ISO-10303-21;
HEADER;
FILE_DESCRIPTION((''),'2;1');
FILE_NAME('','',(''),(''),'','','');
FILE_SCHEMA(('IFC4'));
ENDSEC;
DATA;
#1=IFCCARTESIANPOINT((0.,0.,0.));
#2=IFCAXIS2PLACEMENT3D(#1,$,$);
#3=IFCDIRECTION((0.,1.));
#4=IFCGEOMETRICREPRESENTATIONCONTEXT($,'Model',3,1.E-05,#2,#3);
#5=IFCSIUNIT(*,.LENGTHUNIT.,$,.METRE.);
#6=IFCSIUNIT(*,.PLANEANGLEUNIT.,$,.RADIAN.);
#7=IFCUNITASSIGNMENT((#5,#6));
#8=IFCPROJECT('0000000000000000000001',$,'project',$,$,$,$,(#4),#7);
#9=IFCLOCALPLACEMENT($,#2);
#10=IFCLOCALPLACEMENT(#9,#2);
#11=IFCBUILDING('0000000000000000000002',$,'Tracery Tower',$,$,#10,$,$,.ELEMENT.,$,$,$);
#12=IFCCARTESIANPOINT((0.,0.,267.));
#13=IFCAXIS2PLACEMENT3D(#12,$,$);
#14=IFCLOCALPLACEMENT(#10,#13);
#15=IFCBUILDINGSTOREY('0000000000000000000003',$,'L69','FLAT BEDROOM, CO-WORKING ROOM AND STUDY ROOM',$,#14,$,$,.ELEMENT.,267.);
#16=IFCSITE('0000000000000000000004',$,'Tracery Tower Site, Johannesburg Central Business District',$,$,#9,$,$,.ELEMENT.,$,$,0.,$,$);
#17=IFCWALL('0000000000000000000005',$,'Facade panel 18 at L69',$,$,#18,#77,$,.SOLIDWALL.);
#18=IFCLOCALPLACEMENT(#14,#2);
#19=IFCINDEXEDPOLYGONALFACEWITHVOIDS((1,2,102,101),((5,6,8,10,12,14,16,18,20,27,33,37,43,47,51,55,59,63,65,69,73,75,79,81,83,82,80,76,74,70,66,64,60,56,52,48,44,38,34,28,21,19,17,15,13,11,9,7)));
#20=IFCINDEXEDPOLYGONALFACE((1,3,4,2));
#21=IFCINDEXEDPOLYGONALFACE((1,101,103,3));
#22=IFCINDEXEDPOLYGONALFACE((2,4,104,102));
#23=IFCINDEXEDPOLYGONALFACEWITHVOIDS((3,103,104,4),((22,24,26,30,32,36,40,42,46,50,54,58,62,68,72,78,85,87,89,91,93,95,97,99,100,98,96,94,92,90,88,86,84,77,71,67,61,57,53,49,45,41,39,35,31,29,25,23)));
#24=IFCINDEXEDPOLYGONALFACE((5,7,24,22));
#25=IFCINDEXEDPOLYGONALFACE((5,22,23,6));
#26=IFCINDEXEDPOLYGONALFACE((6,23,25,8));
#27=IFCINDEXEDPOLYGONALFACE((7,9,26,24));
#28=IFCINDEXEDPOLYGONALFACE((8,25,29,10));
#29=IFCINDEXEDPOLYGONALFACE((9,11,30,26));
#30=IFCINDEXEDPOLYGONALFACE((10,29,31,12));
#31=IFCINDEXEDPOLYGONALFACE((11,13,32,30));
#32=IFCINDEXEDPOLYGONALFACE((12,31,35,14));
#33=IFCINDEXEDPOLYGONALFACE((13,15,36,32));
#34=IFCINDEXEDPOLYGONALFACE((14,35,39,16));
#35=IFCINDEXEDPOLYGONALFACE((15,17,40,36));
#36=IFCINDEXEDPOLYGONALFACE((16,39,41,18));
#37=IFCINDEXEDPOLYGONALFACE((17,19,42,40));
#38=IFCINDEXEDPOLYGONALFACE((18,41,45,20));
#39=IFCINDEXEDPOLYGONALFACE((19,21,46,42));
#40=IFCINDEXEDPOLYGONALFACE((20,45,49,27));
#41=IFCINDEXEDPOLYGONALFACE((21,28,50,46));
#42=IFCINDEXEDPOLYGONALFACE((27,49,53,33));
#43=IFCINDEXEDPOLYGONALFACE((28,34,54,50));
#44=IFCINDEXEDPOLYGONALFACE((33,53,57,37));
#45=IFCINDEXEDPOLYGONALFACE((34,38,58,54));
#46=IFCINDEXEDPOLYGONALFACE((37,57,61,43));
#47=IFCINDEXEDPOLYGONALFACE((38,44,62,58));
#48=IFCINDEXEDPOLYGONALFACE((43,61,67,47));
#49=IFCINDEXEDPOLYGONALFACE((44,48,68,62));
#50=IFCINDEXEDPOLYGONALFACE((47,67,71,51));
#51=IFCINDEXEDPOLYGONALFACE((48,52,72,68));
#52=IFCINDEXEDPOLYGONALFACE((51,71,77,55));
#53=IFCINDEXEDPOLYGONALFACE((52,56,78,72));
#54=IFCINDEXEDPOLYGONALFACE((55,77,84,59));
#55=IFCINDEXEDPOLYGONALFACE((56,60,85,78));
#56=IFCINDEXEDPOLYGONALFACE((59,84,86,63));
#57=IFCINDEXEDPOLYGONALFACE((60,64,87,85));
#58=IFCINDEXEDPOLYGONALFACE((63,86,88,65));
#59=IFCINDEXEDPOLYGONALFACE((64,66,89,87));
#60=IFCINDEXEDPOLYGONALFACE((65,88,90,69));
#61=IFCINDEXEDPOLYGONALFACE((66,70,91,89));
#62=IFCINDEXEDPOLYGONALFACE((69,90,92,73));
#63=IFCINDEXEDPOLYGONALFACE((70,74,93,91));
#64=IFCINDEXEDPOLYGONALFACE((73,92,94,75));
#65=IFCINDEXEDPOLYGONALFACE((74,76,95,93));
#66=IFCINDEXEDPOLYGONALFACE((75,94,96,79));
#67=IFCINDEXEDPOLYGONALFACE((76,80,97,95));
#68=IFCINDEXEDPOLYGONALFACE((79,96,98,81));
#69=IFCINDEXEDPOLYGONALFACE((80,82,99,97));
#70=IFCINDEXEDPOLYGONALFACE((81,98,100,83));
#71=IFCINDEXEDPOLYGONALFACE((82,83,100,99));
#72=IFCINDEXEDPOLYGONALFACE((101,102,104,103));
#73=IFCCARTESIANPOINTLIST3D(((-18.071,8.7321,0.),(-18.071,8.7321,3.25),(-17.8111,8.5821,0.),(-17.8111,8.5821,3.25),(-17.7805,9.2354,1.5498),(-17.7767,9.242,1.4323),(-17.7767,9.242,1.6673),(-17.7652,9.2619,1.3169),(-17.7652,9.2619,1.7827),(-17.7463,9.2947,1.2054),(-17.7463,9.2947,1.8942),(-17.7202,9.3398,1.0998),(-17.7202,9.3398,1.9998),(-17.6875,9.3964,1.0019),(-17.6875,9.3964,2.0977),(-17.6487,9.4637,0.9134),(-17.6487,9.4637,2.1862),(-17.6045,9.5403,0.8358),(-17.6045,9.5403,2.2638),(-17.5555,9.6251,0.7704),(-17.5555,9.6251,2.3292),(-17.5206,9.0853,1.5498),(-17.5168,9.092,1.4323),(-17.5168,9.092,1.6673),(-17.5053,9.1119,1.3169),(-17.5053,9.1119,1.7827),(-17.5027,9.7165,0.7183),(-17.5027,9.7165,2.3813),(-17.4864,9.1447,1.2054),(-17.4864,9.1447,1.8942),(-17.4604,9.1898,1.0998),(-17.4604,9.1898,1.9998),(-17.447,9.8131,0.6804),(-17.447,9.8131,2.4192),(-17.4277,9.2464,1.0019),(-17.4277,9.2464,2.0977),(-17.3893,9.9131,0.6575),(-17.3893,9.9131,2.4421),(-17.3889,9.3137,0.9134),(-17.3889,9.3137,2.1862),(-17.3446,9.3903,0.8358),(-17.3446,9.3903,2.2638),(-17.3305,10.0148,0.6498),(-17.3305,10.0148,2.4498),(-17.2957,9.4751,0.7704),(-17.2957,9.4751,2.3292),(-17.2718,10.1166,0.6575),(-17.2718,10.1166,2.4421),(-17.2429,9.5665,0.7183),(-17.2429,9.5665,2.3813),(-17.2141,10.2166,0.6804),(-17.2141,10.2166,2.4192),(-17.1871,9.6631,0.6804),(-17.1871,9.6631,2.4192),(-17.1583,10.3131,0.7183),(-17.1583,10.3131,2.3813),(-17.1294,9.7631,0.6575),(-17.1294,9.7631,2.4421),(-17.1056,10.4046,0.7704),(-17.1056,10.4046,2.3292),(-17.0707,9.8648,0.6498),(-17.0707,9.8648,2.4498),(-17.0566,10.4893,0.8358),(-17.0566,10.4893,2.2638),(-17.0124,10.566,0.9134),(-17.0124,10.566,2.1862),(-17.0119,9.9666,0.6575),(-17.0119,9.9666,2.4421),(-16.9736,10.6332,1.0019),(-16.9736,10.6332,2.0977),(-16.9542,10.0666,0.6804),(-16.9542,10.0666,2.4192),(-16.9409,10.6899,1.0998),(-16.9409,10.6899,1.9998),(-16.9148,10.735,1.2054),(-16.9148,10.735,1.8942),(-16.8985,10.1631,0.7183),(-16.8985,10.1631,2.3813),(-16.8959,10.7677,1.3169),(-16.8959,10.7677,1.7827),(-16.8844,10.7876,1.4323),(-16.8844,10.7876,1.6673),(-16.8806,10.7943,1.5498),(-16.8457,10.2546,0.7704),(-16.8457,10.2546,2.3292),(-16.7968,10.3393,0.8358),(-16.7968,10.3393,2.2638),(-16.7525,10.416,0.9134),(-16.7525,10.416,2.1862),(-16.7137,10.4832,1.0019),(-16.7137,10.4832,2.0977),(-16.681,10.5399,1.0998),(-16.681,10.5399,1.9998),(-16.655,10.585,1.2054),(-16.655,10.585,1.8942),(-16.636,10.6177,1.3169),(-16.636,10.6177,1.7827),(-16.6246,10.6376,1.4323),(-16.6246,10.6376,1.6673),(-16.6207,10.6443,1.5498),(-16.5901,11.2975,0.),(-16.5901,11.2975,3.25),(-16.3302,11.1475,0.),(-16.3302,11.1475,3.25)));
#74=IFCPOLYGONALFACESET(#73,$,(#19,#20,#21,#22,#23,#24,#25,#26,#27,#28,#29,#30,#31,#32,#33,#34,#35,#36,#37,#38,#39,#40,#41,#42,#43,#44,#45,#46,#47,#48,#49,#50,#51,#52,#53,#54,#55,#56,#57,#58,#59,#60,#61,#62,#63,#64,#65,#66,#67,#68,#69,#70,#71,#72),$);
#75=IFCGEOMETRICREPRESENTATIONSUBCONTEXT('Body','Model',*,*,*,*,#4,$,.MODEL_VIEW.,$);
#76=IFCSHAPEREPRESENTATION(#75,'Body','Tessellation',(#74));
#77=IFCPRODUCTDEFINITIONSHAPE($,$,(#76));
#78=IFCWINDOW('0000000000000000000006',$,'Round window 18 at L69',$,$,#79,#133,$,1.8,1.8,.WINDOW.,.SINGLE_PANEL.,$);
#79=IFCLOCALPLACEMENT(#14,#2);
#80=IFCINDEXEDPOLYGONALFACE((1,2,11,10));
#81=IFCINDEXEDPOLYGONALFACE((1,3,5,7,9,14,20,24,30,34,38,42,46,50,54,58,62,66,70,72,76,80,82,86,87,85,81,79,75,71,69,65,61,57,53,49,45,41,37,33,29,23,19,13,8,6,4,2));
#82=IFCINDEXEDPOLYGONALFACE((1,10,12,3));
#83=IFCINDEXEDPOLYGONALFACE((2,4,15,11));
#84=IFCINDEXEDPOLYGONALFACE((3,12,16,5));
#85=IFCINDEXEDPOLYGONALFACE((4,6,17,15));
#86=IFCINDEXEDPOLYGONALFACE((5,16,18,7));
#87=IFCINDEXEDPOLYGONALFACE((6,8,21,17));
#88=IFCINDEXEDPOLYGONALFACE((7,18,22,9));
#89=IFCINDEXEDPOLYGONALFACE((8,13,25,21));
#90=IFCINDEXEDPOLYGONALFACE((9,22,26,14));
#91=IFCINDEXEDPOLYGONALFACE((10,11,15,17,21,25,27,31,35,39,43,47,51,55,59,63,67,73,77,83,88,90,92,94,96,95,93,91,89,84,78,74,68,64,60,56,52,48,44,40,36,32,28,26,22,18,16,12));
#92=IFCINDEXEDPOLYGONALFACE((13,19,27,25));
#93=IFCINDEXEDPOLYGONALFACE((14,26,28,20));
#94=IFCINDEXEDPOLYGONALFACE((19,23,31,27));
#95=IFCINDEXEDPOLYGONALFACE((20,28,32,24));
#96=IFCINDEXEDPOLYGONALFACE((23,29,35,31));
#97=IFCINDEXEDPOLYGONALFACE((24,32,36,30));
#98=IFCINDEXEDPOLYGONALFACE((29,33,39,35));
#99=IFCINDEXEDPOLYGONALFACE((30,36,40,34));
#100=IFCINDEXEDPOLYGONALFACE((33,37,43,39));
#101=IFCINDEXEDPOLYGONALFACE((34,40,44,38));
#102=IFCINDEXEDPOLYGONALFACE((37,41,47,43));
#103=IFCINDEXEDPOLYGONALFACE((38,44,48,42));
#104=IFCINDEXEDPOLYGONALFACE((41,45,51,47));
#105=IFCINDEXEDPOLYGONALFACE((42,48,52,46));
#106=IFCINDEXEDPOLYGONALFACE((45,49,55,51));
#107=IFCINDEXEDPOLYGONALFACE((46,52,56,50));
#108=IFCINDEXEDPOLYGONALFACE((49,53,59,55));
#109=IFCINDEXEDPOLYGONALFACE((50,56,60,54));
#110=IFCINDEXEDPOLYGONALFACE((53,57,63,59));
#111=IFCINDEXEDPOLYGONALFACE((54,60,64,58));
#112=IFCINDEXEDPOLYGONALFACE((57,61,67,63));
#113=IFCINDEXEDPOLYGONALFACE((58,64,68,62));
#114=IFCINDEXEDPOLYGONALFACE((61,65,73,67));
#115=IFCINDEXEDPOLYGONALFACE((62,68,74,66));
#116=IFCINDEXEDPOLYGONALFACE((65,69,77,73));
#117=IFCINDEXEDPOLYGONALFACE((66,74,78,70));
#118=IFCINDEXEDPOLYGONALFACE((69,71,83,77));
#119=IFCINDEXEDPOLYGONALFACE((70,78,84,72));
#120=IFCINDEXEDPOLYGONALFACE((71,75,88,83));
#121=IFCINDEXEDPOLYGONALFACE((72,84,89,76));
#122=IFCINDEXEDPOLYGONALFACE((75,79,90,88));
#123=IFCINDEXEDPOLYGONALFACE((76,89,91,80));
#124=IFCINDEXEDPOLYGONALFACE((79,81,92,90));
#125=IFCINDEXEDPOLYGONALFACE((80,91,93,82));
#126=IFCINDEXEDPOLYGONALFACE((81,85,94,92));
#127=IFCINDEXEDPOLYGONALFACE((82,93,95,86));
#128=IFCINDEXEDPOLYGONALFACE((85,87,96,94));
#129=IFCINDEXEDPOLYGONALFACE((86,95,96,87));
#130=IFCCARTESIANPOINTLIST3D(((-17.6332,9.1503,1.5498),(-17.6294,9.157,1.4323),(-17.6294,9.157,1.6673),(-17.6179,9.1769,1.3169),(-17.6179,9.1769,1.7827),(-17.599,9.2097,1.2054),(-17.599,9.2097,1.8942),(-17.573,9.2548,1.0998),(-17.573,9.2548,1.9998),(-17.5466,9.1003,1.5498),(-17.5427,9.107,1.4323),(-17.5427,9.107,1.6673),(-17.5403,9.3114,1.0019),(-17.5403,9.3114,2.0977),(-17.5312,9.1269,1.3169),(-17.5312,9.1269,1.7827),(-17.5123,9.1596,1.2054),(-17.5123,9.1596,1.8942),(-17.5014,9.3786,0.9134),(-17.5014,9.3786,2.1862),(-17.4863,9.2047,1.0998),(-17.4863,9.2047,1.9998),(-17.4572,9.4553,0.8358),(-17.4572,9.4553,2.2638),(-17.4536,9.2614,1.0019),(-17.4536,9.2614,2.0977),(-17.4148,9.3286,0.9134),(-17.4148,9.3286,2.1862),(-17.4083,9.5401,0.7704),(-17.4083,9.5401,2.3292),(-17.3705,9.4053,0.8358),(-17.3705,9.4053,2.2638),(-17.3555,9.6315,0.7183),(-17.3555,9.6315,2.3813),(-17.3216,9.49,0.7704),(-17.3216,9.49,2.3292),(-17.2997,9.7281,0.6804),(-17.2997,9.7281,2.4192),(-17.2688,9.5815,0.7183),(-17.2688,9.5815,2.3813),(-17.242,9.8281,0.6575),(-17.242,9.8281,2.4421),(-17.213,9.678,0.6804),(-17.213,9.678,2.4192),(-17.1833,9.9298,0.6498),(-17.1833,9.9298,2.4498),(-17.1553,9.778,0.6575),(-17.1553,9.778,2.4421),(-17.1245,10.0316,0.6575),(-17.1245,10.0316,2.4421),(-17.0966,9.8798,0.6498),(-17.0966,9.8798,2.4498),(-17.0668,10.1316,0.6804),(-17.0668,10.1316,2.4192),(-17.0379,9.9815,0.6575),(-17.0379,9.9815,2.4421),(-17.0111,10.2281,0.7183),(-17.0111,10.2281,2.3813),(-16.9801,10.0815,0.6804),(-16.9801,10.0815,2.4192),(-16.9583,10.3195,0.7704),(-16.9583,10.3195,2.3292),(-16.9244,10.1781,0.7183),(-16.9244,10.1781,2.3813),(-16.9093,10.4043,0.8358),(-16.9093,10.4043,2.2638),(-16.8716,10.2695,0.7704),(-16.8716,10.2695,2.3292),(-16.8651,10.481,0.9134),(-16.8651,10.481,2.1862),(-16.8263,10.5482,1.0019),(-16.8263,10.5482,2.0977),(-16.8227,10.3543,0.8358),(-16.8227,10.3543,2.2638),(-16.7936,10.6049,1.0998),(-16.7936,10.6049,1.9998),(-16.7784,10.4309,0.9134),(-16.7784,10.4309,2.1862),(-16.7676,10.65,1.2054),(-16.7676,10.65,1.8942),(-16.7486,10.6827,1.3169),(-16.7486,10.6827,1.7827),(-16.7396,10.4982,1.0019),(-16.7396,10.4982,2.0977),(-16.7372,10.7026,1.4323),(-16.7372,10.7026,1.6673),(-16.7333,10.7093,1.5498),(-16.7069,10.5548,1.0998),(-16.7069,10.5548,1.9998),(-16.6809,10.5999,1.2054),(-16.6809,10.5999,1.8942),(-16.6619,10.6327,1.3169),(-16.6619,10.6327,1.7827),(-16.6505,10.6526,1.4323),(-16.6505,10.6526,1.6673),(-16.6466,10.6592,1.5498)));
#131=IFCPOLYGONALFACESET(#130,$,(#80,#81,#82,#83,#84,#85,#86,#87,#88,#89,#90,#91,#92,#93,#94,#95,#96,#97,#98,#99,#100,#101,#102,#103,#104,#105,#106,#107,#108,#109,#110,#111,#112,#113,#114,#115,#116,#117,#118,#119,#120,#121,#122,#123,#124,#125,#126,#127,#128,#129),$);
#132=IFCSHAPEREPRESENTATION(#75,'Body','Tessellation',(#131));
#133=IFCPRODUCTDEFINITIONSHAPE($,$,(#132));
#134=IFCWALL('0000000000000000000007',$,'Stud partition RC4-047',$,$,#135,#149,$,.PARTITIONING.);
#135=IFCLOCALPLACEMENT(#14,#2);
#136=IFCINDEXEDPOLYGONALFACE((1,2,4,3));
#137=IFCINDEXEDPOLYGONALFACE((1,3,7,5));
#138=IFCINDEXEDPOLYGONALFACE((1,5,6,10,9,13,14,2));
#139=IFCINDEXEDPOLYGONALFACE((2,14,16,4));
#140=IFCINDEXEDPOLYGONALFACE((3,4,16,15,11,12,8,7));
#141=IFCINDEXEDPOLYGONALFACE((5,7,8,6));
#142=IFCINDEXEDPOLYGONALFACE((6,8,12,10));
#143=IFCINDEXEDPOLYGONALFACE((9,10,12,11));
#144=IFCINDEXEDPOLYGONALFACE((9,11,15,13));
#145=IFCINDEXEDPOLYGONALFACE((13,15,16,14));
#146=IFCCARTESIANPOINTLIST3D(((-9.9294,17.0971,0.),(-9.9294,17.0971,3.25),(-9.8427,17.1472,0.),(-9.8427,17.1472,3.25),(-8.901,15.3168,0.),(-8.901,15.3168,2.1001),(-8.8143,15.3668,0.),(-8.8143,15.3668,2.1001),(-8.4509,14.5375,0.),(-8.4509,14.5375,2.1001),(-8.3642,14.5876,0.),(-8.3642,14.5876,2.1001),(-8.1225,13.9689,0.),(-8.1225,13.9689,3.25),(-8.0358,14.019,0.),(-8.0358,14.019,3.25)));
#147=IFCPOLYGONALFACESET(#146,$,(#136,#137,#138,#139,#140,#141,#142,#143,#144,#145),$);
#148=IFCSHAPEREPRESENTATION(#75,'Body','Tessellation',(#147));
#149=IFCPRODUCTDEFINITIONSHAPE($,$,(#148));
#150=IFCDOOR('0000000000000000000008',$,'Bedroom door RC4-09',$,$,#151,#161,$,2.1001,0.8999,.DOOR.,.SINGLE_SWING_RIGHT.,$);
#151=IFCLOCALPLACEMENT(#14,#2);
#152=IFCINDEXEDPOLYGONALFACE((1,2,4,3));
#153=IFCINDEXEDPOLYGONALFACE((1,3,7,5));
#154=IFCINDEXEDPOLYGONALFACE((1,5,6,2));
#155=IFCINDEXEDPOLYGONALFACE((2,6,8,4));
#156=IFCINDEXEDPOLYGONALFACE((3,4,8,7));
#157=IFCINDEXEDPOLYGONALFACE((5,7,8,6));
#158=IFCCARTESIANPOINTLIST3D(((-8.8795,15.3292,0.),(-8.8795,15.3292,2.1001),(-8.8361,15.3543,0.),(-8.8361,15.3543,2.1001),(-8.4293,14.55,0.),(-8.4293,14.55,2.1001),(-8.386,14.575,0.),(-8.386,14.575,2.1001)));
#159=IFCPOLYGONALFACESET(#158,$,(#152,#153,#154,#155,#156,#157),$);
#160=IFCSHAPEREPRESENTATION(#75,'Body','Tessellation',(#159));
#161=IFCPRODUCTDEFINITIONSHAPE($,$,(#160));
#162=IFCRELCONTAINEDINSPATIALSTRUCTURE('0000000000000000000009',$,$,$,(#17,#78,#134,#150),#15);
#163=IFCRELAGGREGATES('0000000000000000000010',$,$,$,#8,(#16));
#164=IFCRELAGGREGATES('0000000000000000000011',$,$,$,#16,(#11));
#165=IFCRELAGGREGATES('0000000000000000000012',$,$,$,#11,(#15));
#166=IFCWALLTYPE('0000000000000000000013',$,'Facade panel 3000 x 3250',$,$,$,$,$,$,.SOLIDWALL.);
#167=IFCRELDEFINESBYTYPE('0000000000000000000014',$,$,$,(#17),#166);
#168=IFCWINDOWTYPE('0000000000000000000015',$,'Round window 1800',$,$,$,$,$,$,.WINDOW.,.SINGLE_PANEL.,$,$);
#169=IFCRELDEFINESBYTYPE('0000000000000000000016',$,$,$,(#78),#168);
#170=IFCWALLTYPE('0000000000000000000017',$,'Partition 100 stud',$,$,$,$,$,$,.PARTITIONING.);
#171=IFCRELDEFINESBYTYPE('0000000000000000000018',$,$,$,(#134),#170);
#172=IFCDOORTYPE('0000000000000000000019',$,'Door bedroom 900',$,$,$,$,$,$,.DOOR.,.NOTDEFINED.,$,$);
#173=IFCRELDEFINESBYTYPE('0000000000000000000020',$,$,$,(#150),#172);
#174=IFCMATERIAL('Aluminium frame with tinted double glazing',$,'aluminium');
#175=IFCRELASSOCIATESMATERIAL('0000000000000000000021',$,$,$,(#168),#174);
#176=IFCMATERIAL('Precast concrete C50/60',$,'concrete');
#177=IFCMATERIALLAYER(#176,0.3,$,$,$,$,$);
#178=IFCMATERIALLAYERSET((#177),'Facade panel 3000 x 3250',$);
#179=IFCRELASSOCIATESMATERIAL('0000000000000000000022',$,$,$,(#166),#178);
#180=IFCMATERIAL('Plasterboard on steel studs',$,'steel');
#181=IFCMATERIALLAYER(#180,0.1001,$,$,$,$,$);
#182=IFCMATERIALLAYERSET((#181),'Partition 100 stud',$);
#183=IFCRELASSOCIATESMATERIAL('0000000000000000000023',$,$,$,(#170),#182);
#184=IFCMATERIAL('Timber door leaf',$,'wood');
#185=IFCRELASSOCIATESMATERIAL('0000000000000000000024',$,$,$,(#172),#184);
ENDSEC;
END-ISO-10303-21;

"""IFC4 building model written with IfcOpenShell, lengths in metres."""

from ifc_helpers import new_model, si_unit, direction, frame, frame_2d, origin, origin_2d, place, context, subcontext, project, spatial, rectangle, circle, extrude, material, layer, layer_set, type_object, element, fill, save


model = new_model("IFC4")

# Units and contexts
model_context = context("Model", 3, precision=1e-05, world=origin(), true_north=direction((0.0, 1.0)))
body_context = subcontext(model_context, "Body", "Model", "MODEL_VIEW")
ifc_project = project(units=[si_unit("LENGTHUNIT", "METRE"), si_unit("PLANEANGLEUNIT", "RADIAN")], contexts=[model_context])

# Site, building, storey
site_placement = place(None, origin())
site = spatial("IfcSite", under=ifc_project, at=site_placement, Name="Tracery Tower Site, Johannesburg Central Business District", CompositionType="ELEMENT", RefElevation=0.0)
building_placement = place(site_placement, origin())
building = spatial("IfcBuilding", under=site, at=building_placement, Name="Tracery Tower", CompositionType="ELEMENT")
storey_placement = place(building_placement, frame((0.0, 0.0, 267.0)))
storey = spatial("IfcBuildingStorey", under=building, at=storey_placement, Name="L69", Description="FLAT BEDROOM, CO-WORKING ROOM AND STUDY ROOM", CompositionType="ELEMENT", Elevation=267.0)

# Wall, opening, window
ifc_material_1 = material(Name="Aluminium frame with tinted double glazing", Category="aluminium")
window_type = type_object("IfcWindowType", Name="Round window 1800", PartitioningType="SINGLE_PANEL", PredefinedType="WINDOW", material=ifc_material_1)
ifc_material_2 = material(Name="Precast concrete C50/60", Category="concrete")
ifc_layer_1 = layer(ifc_material_2, 0.3)
ifc_layer_set_1 = layer_set([ifc_layer_1], Name="Facade panel 3000 x 3250")
wall_type_1 = type_object("IfcWallType", Name="Facade panel 3000 x 3250", PredefinedType="SOLIDWALL", material=ifc_layer_set_1)
wall_1_placement = place(storey_placement, frame((-16.4602, 11.2224, 0.0), z_axis=(0.0, 0.0, 1.0), x_axis=(-0.499951, -0.866054, 0.0)))
wall_1 = element("IfcWall", 1, at=wall_1_placement, inside=storey, type_object=wall_type_1, Name="Facade panel 18 at L69", PredefinedType="SOLIDWALL", context=body_context, shape_type="SweptSolid", body=[
    extrude(rectangle(XDim=2.9622, YDim=0.3, at=frame_2d((1.481, 0.0))), origin(), (0.0, 0.0, 1.0), 3.25),
])
opening_1_placement = place(wall_1_placement, frame((1.481, 0.0, 1.5498)))
opening_1 = element("IfcOpeningElement", 2, at=opening_1_placement, cuts=wall_1, PredefinedType="OPENING", context=body_context, shape_type="SweptSolid", body=[
    extrude(circle(Radius=0.9, at=origin_2d()), frame((0.0, 0.1599, 0.0), z_axis=(0.0, -1.0, 0.0), x_axis=(1.0, 0.0, 0.0)), (0.0, 0.0, 1.0), 0.3201),
])
window_1_placement = place(opening_1_placement, origin())
window_1 = element("IfcWindow", 3, at=window_1_placement, inside=storey, type_object=window_type, Name="Round window 18 at L69", OverallHeight=1.8, OverallWidth=1.8, PartitioningType="SINGLE_PANEL", PredefinedType="WINDOW", context=body_context, shape_type="SweptSolid", body=[
    extrude(circle(Radius=0.9, at=origin_2d()), frame((0.0, 0.1201, 0.0), z_axis=(0.0, -1.0, 0.0), x_axis=(1.0, 0.0, 0.0)), (0.0, 0.0, 1.0), 0.1001),
])
fill(opening_1, window_1)

# Wall, opening, door
ifc_material_3 = material(Name="Plasterboard on steel studs", Category="steel")
ifc_layer_2 = layer(ifc_material_3, 0.1001)
ifc_layer_set_2 = layer_set([ifc_layer_2], Name="Partition 100 stud")
wall_type_2 = type_object("IfcWallType", Name="Partition 100 stud", PredefinedType="PARTITIONING", material=ifc_layer_set_2)
wall_2_placement = place(storey_placement, frame((-9.886, 17.1221, 0.0), z_axis=(0.0, 0.0, 1.0), x_axis=(0.500173, -0.865926, 0.0)))
wall_2 = element("IfcWall", 4, at=wall_2_placement, inside=storey, type_object=wall_type_2, Name="Stud partition RC4-047", PredefinedType="PARTITIONING", context=body_context, shape_type="SweptSolid", body=[
    extrude(rectangle(XDim=3.6125, YDim=0.1001, at=frame_2d((1.8062, 0.0))), origin(), (0.0, 0.0, 1.0), 3.25),
])
opening_2_placement = place(wall_2_placement, frame((2.0559, 0.0, 0.0)))
opening_2 = element("IfcOpeningElement", 5, at=opening_2_placement, cuts=wall_2, PredefinedType="OPENING", context=body_context, shape_type="SweptSolid", body=[
    extrude(rectangle(XDim=0.8999, YDim=2.1001, at=frame_2d((0.45, 1.05))), frame((0.0, 0.05, 0.0), z_axis=(0.0, -1.0, 0.0), x_axis=(1.0, 0.0, 0.0)), (0.0, 0.0, 1.0), 0.1001),
])
ifc_material_4 = material(Name="Timber door leaf", Category="wood")
door_type_1 = type_object("IfcDoorType", Name="Door bedroom 900", OperationType="NOTDEFINED", PredefinedType="DOOR", material=ifc_material_4)
door_1_placement = place(opening_2_placement, origin())
door_1 = element("IfcDoor", 6, at=door_1_placement, inside=storey, type_object=door_type_1, Name="Bedroom door RC4-09", OperationType="SINGLE_SWING_RIGHT", OverallHeight=2.1001, OverallWidth=0.8999, PredefinedType="DOOR", context=body_context, shape_type="SweptSolid", body=[
    extrude(rectangle(XDim=0.8999, YDim=2.1001, at=frame_2d((0.45, 1.05))), frame((0.0, 0.0249, 0.0), z_axis=(0.0, -1.0, 0.0), x_axis=(1.0, 0.0, 0.0)), (0.0, 0.0, 1.0), 0.05),
])
fill(opening_2, door_1)

save(model, "model.ifc")
